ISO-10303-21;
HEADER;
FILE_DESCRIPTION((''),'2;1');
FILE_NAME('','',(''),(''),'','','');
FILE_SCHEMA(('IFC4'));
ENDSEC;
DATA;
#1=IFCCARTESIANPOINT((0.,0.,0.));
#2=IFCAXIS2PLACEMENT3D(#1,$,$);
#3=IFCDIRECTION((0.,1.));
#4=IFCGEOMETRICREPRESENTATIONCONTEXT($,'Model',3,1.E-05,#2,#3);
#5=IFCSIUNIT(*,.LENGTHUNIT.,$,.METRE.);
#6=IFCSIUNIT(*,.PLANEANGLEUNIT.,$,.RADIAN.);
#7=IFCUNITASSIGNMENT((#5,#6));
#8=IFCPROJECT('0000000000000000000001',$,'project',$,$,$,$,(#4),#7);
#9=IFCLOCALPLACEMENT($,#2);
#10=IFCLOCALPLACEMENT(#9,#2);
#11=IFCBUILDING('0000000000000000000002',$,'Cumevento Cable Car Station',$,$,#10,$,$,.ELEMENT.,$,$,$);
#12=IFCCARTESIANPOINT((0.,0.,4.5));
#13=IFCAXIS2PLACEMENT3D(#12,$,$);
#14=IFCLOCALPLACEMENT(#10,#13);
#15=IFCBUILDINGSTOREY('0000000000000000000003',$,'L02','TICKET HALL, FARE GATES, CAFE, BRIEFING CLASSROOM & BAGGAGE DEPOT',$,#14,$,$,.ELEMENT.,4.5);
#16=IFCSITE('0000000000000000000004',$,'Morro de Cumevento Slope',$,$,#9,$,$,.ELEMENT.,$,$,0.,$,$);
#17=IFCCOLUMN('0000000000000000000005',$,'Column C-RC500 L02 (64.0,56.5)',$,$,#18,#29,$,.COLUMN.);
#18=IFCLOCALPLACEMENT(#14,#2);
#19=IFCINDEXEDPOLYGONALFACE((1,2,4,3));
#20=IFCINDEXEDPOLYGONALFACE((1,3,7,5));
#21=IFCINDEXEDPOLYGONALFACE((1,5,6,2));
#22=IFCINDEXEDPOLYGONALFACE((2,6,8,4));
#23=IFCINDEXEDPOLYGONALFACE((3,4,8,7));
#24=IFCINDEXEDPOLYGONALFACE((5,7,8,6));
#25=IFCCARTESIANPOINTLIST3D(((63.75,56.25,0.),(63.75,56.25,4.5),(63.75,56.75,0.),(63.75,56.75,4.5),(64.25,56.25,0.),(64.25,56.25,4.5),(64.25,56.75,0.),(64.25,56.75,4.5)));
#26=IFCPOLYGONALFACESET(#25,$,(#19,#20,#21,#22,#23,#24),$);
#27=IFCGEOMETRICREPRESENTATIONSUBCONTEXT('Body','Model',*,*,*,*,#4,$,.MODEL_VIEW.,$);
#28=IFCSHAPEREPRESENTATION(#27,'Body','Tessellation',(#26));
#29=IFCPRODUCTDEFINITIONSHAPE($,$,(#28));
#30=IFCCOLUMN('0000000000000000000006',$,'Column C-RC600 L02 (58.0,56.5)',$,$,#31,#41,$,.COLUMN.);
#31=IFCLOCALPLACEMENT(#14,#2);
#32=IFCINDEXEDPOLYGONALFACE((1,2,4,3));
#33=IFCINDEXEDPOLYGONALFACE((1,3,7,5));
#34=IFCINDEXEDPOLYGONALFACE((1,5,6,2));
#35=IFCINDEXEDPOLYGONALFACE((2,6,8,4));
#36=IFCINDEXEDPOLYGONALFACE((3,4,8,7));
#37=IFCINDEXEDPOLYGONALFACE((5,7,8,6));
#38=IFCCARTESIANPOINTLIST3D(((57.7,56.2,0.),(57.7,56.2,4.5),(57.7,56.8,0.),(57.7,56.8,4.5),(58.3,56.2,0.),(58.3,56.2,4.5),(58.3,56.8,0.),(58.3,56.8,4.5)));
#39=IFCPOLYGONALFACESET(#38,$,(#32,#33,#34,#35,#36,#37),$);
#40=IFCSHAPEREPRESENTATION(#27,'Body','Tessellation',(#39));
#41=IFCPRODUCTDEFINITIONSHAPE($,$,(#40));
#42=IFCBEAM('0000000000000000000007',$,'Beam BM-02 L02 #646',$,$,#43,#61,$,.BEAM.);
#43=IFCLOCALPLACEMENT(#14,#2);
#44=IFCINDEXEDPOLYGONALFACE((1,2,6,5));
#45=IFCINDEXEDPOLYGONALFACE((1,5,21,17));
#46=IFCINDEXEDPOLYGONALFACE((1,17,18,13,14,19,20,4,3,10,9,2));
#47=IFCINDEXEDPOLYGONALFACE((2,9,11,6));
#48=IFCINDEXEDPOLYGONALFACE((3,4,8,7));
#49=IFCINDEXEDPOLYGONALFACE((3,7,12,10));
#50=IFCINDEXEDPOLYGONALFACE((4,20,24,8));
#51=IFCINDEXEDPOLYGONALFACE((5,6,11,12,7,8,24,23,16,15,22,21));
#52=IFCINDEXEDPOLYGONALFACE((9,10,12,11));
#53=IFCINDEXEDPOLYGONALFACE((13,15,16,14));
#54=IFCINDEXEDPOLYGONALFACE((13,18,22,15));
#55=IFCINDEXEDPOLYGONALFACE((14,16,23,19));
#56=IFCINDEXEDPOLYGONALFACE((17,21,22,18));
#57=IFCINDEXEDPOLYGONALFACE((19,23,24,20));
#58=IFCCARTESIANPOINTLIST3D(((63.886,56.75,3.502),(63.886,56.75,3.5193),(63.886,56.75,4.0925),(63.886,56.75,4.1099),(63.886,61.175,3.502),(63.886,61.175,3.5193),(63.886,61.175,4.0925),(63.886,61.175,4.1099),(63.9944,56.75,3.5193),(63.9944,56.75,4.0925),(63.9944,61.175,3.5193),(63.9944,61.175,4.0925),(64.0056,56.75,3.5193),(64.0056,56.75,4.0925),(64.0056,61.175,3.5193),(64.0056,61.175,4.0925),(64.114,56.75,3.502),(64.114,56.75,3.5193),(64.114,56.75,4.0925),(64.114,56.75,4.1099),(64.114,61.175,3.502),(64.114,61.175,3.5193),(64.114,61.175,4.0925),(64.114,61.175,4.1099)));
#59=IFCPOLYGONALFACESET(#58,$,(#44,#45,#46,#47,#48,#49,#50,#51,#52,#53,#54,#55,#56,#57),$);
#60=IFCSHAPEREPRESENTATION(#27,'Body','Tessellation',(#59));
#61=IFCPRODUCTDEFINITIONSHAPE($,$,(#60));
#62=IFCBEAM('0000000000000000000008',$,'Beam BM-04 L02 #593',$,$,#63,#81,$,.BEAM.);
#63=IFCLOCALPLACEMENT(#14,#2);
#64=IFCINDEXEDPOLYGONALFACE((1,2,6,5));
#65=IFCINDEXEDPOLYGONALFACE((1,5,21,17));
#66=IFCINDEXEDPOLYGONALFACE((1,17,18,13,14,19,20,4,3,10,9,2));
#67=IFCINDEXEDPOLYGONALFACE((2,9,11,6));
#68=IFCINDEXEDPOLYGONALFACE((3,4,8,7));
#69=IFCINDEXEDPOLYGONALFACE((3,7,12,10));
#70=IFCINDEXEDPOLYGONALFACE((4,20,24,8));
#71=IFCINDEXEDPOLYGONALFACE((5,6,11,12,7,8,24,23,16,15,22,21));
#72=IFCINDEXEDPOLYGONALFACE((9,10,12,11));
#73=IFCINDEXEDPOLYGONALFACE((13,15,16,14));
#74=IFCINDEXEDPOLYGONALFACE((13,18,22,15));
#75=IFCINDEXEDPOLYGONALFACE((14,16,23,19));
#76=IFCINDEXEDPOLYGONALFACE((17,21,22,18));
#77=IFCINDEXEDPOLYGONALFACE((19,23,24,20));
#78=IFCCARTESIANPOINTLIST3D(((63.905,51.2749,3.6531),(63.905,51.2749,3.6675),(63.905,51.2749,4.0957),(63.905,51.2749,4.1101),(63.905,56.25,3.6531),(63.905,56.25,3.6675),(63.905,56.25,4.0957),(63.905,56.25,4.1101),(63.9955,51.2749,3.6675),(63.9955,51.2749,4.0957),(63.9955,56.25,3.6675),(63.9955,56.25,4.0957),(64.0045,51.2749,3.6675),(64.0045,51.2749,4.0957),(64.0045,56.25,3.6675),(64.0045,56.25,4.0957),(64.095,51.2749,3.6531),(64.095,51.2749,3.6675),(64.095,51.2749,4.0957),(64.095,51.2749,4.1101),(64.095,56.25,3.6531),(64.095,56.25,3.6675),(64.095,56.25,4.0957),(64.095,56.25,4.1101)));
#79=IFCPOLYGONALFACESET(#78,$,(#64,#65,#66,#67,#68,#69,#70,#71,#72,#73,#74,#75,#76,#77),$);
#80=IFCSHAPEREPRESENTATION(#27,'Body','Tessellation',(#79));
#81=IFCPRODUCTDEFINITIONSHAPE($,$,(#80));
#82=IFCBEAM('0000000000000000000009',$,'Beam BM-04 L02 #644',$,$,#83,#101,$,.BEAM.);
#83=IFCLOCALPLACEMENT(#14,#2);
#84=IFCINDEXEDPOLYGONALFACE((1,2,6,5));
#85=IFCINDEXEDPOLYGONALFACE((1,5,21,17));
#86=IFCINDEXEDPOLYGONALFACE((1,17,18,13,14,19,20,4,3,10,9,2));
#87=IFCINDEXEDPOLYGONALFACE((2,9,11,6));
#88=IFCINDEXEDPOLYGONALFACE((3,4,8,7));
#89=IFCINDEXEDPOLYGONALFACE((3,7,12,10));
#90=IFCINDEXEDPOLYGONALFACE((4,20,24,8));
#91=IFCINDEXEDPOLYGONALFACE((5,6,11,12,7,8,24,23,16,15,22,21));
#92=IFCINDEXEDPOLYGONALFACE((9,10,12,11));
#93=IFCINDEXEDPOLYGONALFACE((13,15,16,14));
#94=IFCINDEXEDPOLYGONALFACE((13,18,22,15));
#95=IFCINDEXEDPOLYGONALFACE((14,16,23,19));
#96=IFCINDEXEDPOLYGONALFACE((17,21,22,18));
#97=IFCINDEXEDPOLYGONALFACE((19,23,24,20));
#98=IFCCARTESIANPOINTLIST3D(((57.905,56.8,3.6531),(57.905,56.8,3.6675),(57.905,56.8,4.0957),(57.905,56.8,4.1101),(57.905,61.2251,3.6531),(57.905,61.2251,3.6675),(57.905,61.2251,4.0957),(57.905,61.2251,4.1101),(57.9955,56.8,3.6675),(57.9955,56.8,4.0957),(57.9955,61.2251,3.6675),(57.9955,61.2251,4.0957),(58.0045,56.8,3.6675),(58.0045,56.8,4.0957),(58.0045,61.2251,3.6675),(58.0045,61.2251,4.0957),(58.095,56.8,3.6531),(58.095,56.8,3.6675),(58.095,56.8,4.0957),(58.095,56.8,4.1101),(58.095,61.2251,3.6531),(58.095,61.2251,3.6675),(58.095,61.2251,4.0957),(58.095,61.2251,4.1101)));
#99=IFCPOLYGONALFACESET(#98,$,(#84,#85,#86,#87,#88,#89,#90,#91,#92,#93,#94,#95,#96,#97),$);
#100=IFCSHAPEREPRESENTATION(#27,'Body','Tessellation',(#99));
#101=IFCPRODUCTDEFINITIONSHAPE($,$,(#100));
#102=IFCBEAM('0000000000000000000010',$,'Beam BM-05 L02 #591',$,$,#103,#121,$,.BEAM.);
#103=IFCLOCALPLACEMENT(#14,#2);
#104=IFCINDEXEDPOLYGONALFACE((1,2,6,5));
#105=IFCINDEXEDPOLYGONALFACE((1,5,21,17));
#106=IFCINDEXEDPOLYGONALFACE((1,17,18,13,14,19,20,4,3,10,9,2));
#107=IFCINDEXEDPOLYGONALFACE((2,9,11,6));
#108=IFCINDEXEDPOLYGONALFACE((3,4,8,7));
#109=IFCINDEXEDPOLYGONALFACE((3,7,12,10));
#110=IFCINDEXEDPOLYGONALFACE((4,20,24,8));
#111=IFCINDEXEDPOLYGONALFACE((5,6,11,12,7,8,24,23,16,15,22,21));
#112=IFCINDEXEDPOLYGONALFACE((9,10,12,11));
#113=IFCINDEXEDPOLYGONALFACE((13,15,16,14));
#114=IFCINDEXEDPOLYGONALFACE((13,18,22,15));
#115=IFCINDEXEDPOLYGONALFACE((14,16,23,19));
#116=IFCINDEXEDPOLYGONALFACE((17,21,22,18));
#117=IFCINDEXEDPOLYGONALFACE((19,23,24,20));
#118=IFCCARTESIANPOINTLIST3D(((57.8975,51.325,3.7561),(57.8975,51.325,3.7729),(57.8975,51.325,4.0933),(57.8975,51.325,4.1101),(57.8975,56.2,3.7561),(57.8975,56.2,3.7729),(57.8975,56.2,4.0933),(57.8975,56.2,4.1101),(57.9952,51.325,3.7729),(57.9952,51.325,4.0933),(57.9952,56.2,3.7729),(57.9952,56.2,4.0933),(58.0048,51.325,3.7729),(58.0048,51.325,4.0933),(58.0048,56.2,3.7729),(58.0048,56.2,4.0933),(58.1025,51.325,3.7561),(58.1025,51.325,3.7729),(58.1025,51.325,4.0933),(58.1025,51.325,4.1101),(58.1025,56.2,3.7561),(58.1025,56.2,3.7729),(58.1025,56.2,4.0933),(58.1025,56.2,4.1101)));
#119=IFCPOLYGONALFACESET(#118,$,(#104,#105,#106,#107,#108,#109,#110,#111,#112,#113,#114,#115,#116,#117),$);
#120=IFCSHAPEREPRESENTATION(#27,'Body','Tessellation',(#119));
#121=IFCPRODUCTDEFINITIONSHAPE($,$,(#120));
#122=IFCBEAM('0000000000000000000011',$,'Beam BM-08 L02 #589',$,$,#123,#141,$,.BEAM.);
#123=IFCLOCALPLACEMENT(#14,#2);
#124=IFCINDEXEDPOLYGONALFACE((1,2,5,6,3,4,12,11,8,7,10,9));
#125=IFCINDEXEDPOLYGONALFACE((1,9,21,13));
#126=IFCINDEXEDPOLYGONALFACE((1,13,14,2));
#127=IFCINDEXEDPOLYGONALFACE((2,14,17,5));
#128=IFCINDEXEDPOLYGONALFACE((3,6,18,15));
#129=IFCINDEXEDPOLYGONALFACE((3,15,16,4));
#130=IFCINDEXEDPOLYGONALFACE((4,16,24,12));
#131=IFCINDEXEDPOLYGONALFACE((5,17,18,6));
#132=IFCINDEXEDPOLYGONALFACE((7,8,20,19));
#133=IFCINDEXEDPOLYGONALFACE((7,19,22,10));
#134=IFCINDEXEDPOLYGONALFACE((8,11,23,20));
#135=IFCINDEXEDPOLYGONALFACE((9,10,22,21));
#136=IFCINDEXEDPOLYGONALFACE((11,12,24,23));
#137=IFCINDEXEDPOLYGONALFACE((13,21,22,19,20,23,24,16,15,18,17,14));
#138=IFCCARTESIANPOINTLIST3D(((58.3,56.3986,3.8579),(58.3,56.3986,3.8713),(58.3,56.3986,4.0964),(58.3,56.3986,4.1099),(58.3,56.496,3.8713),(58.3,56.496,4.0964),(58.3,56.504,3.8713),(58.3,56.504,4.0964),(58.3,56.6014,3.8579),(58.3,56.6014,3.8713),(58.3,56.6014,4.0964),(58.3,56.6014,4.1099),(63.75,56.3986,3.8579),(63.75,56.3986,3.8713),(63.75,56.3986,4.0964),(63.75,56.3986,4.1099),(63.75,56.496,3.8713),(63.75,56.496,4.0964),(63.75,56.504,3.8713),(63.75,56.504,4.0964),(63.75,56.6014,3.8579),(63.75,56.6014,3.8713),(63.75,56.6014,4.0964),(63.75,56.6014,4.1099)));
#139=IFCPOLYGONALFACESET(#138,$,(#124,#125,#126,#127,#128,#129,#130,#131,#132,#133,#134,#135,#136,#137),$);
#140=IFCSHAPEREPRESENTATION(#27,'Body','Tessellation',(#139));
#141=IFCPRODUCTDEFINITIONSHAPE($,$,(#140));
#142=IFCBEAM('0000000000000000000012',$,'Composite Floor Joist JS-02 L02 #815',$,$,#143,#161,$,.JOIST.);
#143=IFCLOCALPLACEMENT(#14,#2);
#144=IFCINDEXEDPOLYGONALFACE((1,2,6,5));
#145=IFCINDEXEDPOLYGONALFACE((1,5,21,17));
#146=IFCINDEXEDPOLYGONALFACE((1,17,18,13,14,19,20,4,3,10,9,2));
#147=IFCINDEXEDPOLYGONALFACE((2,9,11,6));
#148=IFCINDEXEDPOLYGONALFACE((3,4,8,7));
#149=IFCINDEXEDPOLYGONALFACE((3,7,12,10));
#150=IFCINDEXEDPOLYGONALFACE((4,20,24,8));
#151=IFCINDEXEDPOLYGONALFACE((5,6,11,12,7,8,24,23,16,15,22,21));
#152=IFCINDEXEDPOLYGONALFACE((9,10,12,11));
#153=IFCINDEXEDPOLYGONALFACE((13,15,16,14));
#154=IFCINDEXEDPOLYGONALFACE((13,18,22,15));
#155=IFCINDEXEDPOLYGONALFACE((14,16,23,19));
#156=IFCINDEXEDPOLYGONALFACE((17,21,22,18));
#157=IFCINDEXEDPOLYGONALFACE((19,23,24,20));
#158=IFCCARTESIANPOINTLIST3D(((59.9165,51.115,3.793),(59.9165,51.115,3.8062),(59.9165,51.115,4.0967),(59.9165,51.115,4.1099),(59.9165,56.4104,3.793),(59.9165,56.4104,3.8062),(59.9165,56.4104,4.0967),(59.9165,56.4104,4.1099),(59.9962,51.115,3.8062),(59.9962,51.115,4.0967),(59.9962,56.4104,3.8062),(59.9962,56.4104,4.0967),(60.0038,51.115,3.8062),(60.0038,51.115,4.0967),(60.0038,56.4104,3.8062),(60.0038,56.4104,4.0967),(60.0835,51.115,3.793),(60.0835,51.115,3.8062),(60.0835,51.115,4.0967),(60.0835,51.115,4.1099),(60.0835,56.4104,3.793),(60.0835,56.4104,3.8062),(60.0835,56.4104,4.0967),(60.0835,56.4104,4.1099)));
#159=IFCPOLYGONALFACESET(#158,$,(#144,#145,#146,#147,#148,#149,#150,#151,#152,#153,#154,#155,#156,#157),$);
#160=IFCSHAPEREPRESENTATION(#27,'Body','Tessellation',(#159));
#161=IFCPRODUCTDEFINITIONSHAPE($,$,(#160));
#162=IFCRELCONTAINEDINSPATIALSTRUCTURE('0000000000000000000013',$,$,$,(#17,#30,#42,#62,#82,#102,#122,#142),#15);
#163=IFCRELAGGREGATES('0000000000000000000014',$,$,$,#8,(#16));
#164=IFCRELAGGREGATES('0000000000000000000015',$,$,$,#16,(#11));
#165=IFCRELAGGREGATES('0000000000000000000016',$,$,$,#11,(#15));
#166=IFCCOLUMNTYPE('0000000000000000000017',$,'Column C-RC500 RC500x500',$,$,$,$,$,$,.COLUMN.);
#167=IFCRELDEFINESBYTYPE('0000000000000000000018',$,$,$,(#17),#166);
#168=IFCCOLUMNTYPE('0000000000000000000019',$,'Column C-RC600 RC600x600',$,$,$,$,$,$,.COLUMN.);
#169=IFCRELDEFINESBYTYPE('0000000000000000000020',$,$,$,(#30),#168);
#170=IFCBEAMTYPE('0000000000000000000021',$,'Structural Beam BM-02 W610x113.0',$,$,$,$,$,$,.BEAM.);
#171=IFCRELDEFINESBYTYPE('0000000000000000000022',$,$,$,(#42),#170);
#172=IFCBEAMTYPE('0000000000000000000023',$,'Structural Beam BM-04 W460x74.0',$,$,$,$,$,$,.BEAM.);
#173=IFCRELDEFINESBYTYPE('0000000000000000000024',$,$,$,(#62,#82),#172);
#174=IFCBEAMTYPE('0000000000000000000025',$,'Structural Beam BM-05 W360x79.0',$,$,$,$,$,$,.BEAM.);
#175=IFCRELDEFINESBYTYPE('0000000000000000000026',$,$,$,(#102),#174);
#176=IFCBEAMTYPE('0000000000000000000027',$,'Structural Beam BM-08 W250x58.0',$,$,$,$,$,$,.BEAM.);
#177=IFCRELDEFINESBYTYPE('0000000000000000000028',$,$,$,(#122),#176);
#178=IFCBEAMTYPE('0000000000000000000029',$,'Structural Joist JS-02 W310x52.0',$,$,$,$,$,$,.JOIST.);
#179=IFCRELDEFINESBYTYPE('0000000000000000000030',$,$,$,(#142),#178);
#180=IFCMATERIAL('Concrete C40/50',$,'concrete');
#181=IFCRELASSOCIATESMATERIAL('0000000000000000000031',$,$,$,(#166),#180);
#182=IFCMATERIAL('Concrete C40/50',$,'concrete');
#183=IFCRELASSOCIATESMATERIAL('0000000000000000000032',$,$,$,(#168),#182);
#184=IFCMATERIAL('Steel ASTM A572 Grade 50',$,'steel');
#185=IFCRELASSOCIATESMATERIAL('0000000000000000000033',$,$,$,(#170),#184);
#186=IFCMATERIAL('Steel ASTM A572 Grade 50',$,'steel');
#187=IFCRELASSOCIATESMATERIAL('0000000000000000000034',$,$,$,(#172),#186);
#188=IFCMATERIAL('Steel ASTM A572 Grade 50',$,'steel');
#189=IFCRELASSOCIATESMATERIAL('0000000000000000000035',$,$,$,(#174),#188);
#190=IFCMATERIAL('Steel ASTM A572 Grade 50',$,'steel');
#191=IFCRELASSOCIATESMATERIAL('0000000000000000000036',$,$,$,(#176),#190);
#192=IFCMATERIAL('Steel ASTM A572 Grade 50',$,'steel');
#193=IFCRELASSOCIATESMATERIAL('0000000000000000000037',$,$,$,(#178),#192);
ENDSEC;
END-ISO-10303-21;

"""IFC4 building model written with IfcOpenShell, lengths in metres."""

from ifc_helpers import new_model, si_unit, direction, frame, origin, origin_2d, place, context, subcontext, project, spatial, rectangle, i_section, extrude, material, material_profile, profile_set, type_object, element, save


model = new_model("IFC4")

# Units and contexts
model_context = context("Model", 3, precision=1e-05, world=origin(), true_north=direction((0.0, 1.0)))
body_context = subcontext(model_context, "Body", "Model", "MODEL_VIEW")
ifc_project = project(units=[si_unit("LENGTHUNIT", "METRE"), si_unit("PLANEANGLEUNIT", "RADIAN")], contexts=[model_context])

# Site, building, storey
site_placement = place(None, origin())
site = spatial("IfcSite", under=ifc_project, at=site_placement, Name="Morro de Cumevento Slope", CompositionType="ELEMENT", RefElevation=0.0)
building_placement = place(site_placement, origin())
building = spatial("IfcBuilding", under=site, at=building_placement, Name="Cumevento Cable Car Station", CompositionType="ELEMENT")
storey_placement = place(building_placement, frame((0.0, 0.0, 4.5)))
storey = spatial("IfcBuildingStorey", under=building, at=storey_placement, Name="L02", Description="TICKET HALL, FARE GATES, CAFE, BRIEFING CLASSROOM & BAGGAGE DEPOT", CompositionType="ELEMENT", Elevation=4.5)

# Columns
ifc_material_1 = material(Name="Concrete C40/50", Category="concrete")
ifc_material_profile_1 = material_profile(ifc_material_1, rectangle(XDim=0.5, YDim=0.5, at=origin_2d()), Name="RC500x500")
ifc_profile_set_1 = profile_set([ifc_material_profile_1], Name="Concrete C40/50")
column_type_1 = type_object("IfcColumnType", Name="Column C-RC500 RC500x500", PredefinedType="COLUMN", material=ifc_profile_set_1)
column_1_placement = place(storey_placement, frame((64.0, 56.5, 0.0), z_axis=(0.0, 0.0, 1.0), x_axis=(1.0, 0.0, 0.0)))
element("IfcColumn", 1, at=column_1_placement, inside=storey, type_object=column_type_1, Name="Column C-RC500 L02 (64.0,56.5)", PredefinedType="COLUMN", context=body_context, shape_type="SweptSolid", body=[
    extrude(rectangle(XDim=0.5, YDim=0.5, at=origin_2d()), origin(), (0.0, 0.0, 1.0), 4.5),
])
ifc_material_2 = material(Name="Concrete C40/50", Category="concrete")
ifc_material_profile_2 = material_profile(ifc_material_2, rectangle(XDim=0.6001, YDim=0.6001, at=origin_2d()), Name="RC600x600")
ifc_profile_set_2 = profile_set([ifc_material_profile_2], Name="Concrete C40/50")
column_type_2 = type_object("IfcColumnType", Name="Column C-RC600 RC600x600", PredefinedType="COLUMN", material=ifc_profile_set_2)
column_2_placement = place(storey_placement, frame((58.0, 56.5, 0.0), z_axis=(0.0, 0.0, 1.0), x_axis=(1.0, 0.0, 0.0)))
element("IfcColumn", 2, at=column_2_placement, inside=storey, type_object=column_type_2, Name="Column C-RC600 L02 (58.0,56.5)", PredefinedType="COLUMN", context=body_context, shape_type="SweptSolid", body=[
    extrude(rectangle(XDim=0.6001, YDim=0.6001, at=origin_2d()), origin(), (0.0, 0.0, 1.0), 4.5),
])

# Beams
ifc_material_3 = material(Name="Steel ASTM A572 Grade 50", Category="steel")
ifc_material_profile_3 = material_profile(ifc_material_3, i_section(OverallWidth=0.228, OverallDepth=0.6079, WebThickness=0.0112, FlangeThickness=0.0173, at=origin_2d()), Name="W610x113.0")
ifc_profile_set_3 = profile_set([ifc_material_profile_3], Name="Steel ASTM A572 Grade 50")
beam_type_1 = type_object("IfcBeamType", Name="Structural Beam BM-02 W610x113.0", PredefinedType="BEAM", material=ifc_profile_set_3)
beam_1_placement = place(storey_placement, frame((64.0, 56.75, 3.8059), z_axis=(0.0, 1.0, 0.0), x_axis=(-1.0, 0.0, 0.0)))
element("IfcBeam", 3, at=beam_1_placement, inside=storey, type_object=beam_type_1, Name="Beam BM-02 L02 #646", PredefinedType="BEAM", context=body_context, shape_type="SweptSolid", body=[
    extrude(i_section(OverallWidth=0.228, OverallDepth=0.6079, WebThickness=0.0112, FlangeThickness=0.0173, at=origin_2d()), origin(), (0.0, 0.0, 1.0), 4.425),
])
ifc_material_4 = material(Name="Steel ASTM A572 Grade 50", Category="steel")
ifc_material_profile_4 = material_profile(ifc_material_4, i_section(OverallWidth=0.1899, OverallDepth=0.457, WebThickness=0.009, FlangeThickness=0.0144, at=origin_2d()), Name="W460x74.0")
ifc_profile_set_4 = profile_set([ifc_material_profile_4], Name="Steel ASTM A572 Grade 50")
beam_type_2 = type_object("IfcBeamType", Name="Structural Beam BM-04 W460x74.0", PredefinedType="BEAM", material=ifc_profile_set_4)
beam_2_placement = place(storey_placement, frame((64.0, 51.2749, 3.8816), z_axis=(0.0, 1.0, 0.0), x_axis=(-1.0, 0.0, 0.0)))
element("IfcBeam", 4, at=beam_2_placement, inside=storey, type_object=beam_type_2, Name="Beam BM-04 L02 #593", PredefinedType="BEAM", context=body_context, shape_type="SweptSolid", body=[
    extrude(i_section(OverallWidth=0.1899, OverallDepth=0.457, WebThickness=0.009, FlangeThickness=0.0144, at=origin_2d()), origin(), (0.0, 0.0, 1.0), 4.9751),
])
beam_3_placement = place(storey_placement, frame((58.0, 56.8, 3.8816), z_axis=(0.0, 1.0, 0.0), x_axis=(-1.0, 0.0, 0.0)))
element("IfcBeam", 5, at=beam_3_placement, inside=storey, type_object=beam_type_2, Name="Beam BM-04 L02 #644", PredefinedType="BEAM", context=body_context, shape_type="SweptSolid", body=[
    extrude(i_section(OverallWidth=0.1899, OverallDepth=0.457, WebThickness=0.009, FlangeThickness=0.0144, at=origin_2d()), origin(), (0.0, 0.0, 1.0), 4.425),
])
ifc_material_5 = material(Name="Steel ASTM A572 Grade 50", Category="steel")
ifc_material_profile_5 = material_profile(ifc_material_5, i_section(OverallWidth=0.2051, OverallDepth=0.354, WebThickness=0.0095, FlangeThickness=0.0168, at=origin_2d()), Name="W360x79.0")
ifc_profile_set_5 = profile_set([ifc_material_profile_5], Name="Steel ASTM A572 Grade 50")
beam_type_3 = type_object("IfcBeamType", Name="Structural Beam BM-05 W360x79.0", PredefinedType="BEAM", material=ifc_profile_set_5)
beam_4_placement = place(storey_placement, frame((58.0, 51.325, 3.9331), z_axis=(0.0, 1.0, 0.0), x_axis=(-1.0, 0.0, 0.0)))
element("IfcBeam", 6, at=beam_4_placement, inside=storey, type_object=beam_type_3, Name="Beam BM-05 L02 #591", PredefinedType="BEAM", context=body_context, shape_type="SweptSolid", body=[
    extrude(i_section(OverallWidth=0.2051, OverallDepth=0.354, WebThickness=0.0095, FlangeThickness=0.0168, at=origin_2d()), origin(), (0.0, 0.0, 1.0), 4.875),
])
ifc_material_6 = material(Name="Steel ASTM A572 Grade 50", Category="steel")
ifc_material_profile_6 = material_profile(ifc_material_6, i_section(OverallWidth=0.2029, OverallDepth=0.252, WebThickness=0.0081, FlangeThickness=0.0134, at=origin_2d()), Name="W250x58.0")
ifc_profile_set_6 = profile_set([ifc_material_profile_6], Name="Steel ASTM A572 Grade 50")
beam_type_4 = type_object("IfcBeamType", Name="Structural Beam BM-08 W250x58.0", PredefinedType="BEAM", material=ifc_profile_set_6)
beam_5_placement = place(storey_placement, frame((58.3, 56.5, 3.9839), z_axis=(1.0, 0.0, 0.0), x_axis=(0.0, 1.0, 0.0)))
element("IfcBeam", 7, at=beam_5_placement, inside=storey, type_object=beam_type_4, Name="Beam BM-08 L02 #589", PredefinedType="BEAM", context=body_context, shape_type="SweptSolid", body=[
    extrude(i_section(OverallWidth=0.2029, OverallDepth=0.252, WebThickness=0.0081, FlangeThickness=0.0134, at=origin_2d()), origin(), (0.0, 0.0, 1.0), 5.45),
])
ifc_material_7 = material(Name="Steel ASTM A572 Grade 50", Category="steel")
ifc_material_profile_7 = material_profile(ifc_material_7, i_section(OverallWidth=0.167, OverallDepth=0.3169, WebThickness=0.0076, FlangeThickness=0.0132, at=origin_2d()), Name="W310x52.0")
ifc_profile_set_7 = profile_set([ifc_material_profile_7], Name="Steel ASTM A572 Grade 50")
beam_type_5 = type_object("IfcBeamType", Name="Structural Joist JS-02 W310x52.0", PredefinedType="JOIST", material=ifc_profile_set_7)
for number, where, z_axis, x_axis, name in (
    (8, (60.0, 51.115, 3.9514), (0.0, 1.0, 0.0), (-1.0, 0.0, 0.0), "Composite Floor Joist JS-02 L02 #815"),
):
    element("IfcBeam", number, at=place(storey_placement, frame(where, z_axis=z_axis, x_axis=x_axis)), inside=storey, type_object=beam_type_5, Name=name, PredefinedType="JOIST", context=body_context, shape_type="SweptSolid", body=[
        extrude(i_section(OverallWidth=0.167, OverallDepth=0.3169, WebThickness=0.0076, FlangeThickness=0.0132, at=origin_2d()), origin(), (0.0, 0.0, 1.0), 5.2954),
    ])

save(model, "model.ifc")
